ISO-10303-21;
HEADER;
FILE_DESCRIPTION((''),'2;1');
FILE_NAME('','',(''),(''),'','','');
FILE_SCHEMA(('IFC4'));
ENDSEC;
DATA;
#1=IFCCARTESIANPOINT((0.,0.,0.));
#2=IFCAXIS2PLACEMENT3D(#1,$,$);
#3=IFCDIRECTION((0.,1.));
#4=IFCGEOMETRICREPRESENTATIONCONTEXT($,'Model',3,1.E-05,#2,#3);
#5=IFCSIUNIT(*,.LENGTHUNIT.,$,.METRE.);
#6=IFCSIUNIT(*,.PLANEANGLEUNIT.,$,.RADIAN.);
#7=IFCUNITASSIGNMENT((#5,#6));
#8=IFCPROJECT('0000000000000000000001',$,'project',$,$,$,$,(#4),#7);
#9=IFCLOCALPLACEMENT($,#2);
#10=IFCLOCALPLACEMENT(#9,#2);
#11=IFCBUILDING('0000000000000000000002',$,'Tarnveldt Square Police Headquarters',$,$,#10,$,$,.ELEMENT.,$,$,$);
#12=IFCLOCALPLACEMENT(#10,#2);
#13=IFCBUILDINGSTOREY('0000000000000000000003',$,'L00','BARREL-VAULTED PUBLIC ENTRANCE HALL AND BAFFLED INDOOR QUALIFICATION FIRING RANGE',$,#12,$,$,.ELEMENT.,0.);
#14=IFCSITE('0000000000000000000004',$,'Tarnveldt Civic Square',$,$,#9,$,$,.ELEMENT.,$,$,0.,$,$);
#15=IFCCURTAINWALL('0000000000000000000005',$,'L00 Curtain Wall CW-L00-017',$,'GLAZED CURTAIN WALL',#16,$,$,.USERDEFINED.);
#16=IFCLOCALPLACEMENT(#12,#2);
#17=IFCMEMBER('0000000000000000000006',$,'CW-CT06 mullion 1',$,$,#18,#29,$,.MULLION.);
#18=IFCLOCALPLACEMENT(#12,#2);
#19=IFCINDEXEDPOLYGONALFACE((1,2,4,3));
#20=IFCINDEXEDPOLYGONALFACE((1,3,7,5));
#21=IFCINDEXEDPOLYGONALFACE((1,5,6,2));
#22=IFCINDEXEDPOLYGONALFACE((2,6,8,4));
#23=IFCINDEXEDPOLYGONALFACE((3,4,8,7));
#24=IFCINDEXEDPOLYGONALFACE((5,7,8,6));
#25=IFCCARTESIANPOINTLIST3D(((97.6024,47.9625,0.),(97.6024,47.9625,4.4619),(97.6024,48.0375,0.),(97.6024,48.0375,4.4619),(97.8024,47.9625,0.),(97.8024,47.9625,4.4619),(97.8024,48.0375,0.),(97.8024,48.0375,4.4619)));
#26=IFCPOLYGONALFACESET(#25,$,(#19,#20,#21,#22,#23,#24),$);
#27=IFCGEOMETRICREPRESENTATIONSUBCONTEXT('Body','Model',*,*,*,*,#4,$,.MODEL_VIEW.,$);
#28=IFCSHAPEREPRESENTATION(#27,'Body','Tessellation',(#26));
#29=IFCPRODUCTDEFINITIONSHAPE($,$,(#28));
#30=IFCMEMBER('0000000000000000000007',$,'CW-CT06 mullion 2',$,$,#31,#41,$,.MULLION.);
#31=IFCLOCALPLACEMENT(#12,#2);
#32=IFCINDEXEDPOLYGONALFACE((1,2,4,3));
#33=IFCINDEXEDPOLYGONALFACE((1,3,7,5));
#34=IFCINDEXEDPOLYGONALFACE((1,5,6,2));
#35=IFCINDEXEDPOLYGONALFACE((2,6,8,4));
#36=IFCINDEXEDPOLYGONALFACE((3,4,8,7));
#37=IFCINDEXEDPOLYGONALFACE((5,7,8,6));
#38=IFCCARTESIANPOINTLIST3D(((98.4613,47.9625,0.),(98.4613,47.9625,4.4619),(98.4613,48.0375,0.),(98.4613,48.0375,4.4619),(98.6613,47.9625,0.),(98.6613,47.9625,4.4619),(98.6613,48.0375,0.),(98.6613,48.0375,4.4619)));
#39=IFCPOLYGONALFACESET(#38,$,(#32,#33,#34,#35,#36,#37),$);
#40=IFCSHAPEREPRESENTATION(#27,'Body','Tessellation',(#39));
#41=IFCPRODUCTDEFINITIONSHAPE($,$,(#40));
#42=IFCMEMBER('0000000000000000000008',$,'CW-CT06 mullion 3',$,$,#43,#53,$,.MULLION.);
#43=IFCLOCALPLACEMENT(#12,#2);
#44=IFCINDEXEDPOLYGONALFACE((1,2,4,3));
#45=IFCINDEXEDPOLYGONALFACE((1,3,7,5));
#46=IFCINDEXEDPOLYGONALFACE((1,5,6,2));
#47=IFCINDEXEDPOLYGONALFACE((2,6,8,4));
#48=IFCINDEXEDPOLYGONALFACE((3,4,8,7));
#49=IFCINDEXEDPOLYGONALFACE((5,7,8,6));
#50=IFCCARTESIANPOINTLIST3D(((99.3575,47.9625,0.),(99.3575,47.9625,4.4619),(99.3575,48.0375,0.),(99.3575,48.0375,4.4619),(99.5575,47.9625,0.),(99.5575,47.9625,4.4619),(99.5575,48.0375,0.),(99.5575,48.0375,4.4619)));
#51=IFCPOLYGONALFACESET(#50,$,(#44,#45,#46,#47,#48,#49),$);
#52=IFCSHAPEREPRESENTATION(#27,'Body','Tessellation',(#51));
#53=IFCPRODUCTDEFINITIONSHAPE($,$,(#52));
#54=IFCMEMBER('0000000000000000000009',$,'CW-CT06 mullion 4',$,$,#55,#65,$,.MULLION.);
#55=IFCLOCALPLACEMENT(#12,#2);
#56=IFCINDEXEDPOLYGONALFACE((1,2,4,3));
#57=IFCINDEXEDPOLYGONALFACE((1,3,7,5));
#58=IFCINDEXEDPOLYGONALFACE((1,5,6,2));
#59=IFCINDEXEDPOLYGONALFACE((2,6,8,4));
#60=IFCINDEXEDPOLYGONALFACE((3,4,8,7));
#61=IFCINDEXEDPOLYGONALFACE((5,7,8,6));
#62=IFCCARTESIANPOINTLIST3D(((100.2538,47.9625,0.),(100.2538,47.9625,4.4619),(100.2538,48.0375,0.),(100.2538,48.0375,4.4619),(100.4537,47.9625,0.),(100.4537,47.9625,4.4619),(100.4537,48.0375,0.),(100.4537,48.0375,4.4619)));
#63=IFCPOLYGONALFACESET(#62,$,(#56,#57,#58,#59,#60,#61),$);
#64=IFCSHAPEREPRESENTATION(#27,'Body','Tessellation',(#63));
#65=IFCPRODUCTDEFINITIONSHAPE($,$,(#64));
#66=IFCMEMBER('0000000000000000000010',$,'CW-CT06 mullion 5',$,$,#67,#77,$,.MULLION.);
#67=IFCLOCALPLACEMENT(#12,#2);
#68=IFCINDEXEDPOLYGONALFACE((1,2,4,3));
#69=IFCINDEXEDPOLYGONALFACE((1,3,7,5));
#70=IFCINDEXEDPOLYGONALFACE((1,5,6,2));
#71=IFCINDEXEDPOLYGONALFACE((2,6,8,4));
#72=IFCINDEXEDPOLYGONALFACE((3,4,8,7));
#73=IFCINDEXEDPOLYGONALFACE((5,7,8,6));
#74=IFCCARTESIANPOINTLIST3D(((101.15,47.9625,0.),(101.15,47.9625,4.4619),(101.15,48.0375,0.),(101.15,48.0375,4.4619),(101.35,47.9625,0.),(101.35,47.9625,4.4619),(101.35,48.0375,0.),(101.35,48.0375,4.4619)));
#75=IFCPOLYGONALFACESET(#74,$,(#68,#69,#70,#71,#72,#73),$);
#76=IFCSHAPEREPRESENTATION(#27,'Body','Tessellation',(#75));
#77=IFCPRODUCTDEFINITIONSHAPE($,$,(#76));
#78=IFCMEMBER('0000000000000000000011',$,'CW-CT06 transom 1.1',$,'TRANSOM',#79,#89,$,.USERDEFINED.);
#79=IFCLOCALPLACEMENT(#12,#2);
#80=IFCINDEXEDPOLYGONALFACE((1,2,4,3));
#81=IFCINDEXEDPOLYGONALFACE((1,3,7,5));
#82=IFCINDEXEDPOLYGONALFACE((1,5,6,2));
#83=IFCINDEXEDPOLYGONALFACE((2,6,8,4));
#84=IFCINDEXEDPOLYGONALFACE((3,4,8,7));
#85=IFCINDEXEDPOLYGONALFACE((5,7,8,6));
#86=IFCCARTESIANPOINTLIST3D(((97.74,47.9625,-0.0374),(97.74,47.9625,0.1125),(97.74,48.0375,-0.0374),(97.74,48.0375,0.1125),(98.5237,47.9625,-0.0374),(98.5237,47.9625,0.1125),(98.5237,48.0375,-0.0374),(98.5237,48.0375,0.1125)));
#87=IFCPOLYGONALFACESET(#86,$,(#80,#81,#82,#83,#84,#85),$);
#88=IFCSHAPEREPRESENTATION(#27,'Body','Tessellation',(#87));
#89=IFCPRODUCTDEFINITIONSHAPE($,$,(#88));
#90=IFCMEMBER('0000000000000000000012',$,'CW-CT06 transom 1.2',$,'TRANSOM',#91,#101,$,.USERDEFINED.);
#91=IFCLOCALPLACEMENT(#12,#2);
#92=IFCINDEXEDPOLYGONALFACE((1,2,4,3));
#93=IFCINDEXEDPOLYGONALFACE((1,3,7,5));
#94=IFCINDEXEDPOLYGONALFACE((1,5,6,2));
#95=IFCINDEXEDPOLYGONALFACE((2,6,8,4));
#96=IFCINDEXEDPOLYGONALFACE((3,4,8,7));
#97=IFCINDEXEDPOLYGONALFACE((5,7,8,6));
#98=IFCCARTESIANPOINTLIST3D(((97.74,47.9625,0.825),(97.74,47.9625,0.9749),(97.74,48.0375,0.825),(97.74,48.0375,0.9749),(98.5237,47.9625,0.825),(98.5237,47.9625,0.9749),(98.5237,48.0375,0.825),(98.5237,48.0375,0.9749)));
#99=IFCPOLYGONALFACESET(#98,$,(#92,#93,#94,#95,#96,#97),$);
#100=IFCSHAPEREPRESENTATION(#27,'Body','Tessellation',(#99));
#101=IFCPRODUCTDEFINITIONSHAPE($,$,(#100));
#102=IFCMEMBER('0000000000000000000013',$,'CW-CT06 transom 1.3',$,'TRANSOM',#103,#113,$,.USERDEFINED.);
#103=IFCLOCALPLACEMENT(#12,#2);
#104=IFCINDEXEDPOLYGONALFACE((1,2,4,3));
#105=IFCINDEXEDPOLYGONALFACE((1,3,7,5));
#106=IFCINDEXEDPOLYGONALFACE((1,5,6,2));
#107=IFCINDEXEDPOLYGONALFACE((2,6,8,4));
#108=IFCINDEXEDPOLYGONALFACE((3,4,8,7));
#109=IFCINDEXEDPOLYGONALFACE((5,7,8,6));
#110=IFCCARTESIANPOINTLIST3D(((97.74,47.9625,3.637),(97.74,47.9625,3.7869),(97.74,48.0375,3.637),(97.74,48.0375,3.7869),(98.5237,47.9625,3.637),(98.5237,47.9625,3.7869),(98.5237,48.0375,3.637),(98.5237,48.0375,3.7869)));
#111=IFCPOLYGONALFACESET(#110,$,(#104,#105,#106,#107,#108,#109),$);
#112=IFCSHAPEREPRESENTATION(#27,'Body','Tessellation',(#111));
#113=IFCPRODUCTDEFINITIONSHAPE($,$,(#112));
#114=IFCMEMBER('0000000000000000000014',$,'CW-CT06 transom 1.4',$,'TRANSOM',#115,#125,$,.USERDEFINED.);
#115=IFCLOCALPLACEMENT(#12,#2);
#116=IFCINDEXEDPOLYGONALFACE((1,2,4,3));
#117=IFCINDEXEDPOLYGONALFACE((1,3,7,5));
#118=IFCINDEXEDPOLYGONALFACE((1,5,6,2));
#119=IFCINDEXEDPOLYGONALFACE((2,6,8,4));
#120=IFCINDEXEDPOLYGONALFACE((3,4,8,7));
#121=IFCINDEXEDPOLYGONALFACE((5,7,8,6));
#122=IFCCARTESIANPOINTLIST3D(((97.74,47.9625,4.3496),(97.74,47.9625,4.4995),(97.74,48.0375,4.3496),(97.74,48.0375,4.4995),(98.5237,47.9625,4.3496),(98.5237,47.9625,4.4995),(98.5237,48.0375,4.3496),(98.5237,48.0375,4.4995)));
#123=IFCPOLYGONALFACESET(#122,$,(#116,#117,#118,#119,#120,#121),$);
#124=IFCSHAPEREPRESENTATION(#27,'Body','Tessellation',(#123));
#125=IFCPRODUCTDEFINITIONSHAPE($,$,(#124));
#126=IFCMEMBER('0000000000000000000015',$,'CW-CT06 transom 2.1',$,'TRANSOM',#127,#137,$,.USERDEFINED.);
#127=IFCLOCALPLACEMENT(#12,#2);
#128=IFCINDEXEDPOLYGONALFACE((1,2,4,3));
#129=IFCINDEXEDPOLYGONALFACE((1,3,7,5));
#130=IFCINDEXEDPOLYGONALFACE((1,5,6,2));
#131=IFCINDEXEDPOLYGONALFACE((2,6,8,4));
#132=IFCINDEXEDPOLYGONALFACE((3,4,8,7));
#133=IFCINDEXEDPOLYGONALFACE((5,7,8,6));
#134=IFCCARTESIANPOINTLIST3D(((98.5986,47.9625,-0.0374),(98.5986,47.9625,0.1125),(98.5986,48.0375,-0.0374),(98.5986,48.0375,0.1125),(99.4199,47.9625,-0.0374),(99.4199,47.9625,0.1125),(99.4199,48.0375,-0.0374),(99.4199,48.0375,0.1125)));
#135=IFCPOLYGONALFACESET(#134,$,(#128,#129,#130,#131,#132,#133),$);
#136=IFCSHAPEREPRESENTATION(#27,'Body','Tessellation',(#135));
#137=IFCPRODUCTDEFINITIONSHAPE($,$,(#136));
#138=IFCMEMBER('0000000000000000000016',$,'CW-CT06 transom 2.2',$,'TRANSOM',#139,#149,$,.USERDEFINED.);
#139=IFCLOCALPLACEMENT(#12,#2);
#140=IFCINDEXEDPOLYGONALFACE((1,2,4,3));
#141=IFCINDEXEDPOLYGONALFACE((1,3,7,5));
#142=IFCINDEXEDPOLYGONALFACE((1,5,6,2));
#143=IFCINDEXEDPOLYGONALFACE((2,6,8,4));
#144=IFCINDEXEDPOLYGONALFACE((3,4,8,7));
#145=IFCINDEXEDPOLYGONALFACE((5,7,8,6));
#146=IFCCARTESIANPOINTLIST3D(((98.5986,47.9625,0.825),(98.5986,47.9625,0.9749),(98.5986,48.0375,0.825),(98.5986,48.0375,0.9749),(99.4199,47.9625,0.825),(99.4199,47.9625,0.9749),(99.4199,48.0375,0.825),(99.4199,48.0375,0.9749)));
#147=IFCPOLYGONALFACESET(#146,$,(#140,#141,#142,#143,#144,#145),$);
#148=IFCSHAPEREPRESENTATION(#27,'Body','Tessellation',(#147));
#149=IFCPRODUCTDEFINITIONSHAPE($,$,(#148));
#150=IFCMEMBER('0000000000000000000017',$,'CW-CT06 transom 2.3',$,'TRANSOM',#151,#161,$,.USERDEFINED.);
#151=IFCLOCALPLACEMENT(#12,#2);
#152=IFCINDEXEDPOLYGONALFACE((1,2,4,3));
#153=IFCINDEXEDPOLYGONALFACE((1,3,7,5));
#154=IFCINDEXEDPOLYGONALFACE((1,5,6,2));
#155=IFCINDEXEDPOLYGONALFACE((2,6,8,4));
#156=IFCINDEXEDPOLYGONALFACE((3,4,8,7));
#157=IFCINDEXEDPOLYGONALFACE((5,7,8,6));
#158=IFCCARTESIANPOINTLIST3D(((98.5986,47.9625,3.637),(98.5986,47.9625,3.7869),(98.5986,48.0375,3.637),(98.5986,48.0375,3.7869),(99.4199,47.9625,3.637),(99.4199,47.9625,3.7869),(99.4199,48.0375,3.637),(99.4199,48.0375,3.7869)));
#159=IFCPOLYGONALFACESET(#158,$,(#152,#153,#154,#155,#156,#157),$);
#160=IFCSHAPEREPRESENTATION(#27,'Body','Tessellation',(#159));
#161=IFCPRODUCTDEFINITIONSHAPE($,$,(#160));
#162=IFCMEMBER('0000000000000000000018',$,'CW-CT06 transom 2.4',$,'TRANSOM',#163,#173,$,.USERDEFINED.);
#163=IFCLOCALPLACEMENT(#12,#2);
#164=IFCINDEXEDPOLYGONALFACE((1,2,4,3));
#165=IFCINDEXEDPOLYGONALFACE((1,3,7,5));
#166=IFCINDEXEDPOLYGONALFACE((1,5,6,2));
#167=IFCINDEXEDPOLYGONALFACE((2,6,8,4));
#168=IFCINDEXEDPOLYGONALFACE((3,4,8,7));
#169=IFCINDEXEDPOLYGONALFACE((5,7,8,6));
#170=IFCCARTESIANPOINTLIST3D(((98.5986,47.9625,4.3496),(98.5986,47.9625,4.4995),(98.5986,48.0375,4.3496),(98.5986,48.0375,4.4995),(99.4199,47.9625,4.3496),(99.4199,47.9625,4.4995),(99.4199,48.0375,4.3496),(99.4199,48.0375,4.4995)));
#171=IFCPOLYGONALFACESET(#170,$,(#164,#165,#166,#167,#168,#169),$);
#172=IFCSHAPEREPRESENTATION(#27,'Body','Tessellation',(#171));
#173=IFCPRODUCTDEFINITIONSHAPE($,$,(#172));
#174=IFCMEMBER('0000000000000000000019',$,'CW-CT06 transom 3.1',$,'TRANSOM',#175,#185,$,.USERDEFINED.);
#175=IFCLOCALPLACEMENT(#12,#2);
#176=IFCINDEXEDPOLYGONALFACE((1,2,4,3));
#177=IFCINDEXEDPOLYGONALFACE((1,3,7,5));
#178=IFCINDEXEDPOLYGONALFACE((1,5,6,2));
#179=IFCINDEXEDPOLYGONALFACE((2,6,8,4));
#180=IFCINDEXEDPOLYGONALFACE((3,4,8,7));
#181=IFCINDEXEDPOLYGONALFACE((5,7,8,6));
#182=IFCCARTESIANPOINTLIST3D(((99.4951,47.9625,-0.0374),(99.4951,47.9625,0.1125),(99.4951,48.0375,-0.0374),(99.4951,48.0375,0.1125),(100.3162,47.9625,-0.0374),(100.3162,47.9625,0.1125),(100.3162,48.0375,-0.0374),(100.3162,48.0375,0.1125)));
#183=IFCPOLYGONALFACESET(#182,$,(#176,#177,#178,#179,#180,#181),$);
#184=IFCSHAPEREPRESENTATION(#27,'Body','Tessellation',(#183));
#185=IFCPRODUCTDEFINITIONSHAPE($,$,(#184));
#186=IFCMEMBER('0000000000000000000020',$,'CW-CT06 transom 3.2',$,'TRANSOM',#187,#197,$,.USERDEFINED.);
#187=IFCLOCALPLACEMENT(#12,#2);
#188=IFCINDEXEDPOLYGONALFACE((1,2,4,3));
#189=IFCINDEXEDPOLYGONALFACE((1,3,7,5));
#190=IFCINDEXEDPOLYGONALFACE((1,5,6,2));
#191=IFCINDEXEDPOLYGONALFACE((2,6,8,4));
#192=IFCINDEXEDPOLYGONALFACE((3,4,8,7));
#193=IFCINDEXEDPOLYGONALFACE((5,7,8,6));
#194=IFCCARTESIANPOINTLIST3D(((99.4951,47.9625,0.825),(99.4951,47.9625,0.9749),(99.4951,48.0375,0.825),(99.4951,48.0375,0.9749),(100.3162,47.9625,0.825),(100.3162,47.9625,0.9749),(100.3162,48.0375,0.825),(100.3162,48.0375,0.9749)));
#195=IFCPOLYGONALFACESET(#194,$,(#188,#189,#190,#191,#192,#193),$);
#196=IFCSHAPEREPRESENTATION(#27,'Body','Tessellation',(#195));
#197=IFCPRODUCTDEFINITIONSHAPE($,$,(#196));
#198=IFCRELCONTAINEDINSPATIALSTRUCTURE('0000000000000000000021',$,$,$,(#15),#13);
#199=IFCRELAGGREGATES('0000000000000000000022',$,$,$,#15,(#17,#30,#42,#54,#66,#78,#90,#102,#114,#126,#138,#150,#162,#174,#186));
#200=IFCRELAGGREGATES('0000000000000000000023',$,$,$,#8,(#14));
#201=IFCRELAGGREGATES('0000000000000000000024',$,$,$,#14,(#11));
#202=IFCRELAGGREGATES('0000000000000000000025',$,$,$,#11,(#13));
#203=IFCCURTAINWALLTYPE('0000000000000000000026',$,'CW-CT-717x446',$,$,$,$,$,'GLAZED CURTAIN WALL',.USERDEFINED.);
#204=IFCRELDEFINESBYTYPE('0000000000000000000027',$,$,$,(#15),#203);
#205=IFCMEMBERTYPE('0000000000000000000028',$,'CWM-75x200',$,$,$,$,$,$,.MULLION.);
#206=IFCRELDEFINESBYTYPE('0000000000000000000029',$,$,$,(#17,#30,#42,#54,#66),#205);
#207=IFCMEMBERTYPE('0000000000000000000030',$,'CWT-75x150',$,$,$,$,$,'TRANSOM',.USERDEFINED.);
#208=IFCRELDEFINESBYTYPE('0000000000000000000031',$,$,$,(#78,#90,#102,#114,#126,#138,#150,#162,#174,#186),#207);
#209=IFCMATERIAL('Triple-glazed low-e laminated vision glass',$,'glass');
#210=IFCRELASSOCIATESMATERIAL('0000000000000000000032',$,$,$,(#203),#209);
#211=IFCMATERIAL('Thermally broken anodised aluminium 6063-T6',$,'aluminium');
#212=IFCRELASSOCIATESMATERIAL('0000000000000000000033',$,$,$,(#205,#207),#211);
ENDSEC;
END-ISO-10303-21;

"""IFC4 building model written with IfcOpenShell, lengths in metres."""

from ifc_helpers import new_model, si_unit, direction, frame, origin, origin_2d, place, context, subcontext, project, spatial, rectangle, extrude, material, material_profile, profile_set, type_object, element, aggregate, save


model = new_model("IFC4")

# Units and contexts
model_context = context("Model", 3, precision=1e-05, world=origin(), true_north=direction((0.0, 1.0)))
body_context = subcontext(model_context, "Body", "Model", "MODEL_VIEW")
ifc_project = project(units=[si_unit("LENGTHUNIT", "METRE"), si_unit("PLANEANGLEUNIT", "RADIAN")], contexts=[model_context])

# Site, building, storey
site_placement = place(None, origin())
site = spatial("IfcSite", under=ifc_project, at=site_placement, Name="Tarnveldt Civic Square", CompositionType="ELEMENT", RefElevation=0.0)
building_placement = place(site_placement, origin())
building = spatial("IfcBuilding", under=site, at=building_placement, Name="Tarnveldt Square Police Headquarters", CompositionType="ELEMENT")
storey_placement = place(building_placement, origin())
storey = spatial("IfcBuildingStorey", under=building, at=storey_placement, Name="L00", Description="BARREL-VAULTED PUBLIC ENTRANCE HALL AND BAFFLED INDOOR QUALIFICATION FIRING RANGE", CompositionType="ELEMENT", Elevation=0.0)

# Curtain wall, members
ifc_material_1 = material(Name="Triple-glazed low-e laminated vision glass", Category="glass")
curtain_wall_type = type_object("IfcCurtainWallType", Name="CW-CT-717x446", ElementType="GLAZED CURTAIN WALL", PredefinedType="USERDEFINED", material=ifc_material_1)
curtain_wall_placement = place(storey_placement, origin())
curtain_wall = element("IfcCurtainWall", 1, at=curtain_wall_placement, inside=storey, type_object=curtain_wall_type, Name="L00 Curtain Wall CW-L00-017", ObjectType="GLAZED CURTAIN WALL", PredefinedType="USERDEFINED")
ifc_material_2 = material(Name="Thermally broken anodised aluminium 6063-T6", Category="aluminium")
ifc_material_profile_1 = material_profile(ifc_material_2, rectangle(XDim=0.075, YDim=0.2, at=origin_2d()), Name="CW-M75x200")
ifc_profile_set_1 = profile_set([ifc_material_profile_1], Name="Thermally broken anodised aluminium 6063-T6")
member_type_1 = type_object("IfcMemberType", Name="CWM-75x200", PredefinedType="MULLION", material=ifc_profile_set_1)
member_1_placement = place(storey_placement, frame((97.7024, 48.0, 0.0), z_axis=(0.0, 0.0, 1.0), x_axis=(0.0, 1.0, 0.0)))
member_1 = element("IfcMember", 2, at=member_1_placement, type_object=member_type_1, Name="CW-CT06 mullion 1", PredefinedType="MULLION", context=body_context, shape_type="SweptSolid", body=[
    extrude(rectangle(XDim=0.075, YDim=0.2, at=origin_2d()), origin(), (0.0, 0.0, 1.0), 4.4619),
])
member_2_placement = place(storey_placement, frame((98.5613, 48.0, 0.0), z_axis=(0.0, 0.0, 1.0), x_axis=(0.0, 1.0, 0.0)))
member_2 = element("IfcMember", 3, at=member_2_placement, type_object=member_type_1, Name="CW-CT06 mullion 2", PredefinedType="MULLION", context=body_context, shape_type="SweptSolid", body=[
    extrude(rectangle(XDim=0.075, YDim=0.2, at=origin_2d()), origin(), (0.0, 0.0, 1.0), 4.4619),
])
member_3_placement = place(storey_placement, frame((99.4575, 48.0, 0.0), z_axis=(0.0, 0.0, 1.0), x_axis=(0.0, 1.0, 0.0)))
member_3 = element("IfcMember", 4, at=member_3_placement, type_object=member_type_1, Name="CW-CT06 mullion 3", PredefinedType="MULLION", context=body_context, shape_type="SweptSolid", body=[
    extrude(rectangle(XDim=0.075, YDim=0.2, at=origin_2d()), origin(), (0.0, 0.0, 1.0), 4.4619),
])
member_4_placement = place(storey_placement, frame((100.3538, 48.0, 0.0), z_axis=(0.0, 0.0, 1.0), x_axis=(0.0, 1.0, 0.0)))
member_4 = element("IfcMember", 5, at=member_4_placement, type_object=member_type_1, Name="CW-CT06 mullion 4", PredefinedType="MULLION", context=body_context, shape_type="SweptSolid", body=[
    extrude(rectangle(XDim=0.075, YDim=0.2, at=origin_2d()), origin(), (0.0, 0.0, 1.0), 4.4619),
])
member_5_placement = place(storey_placement, frame((101.25, 48.0, 0.0), z_axis=(0.0, 0.0, 1.0), x_axis=(0.0, 1.0, 0.0)))
member_5 = element("IfcMember", 6, at=member_5_placement, type_object=member_type_1, Name="CW-CT06 mullion 5", PredefinedType="MULLION", context=body_context, shape_type="SweptSolid", body=[
    extrude(rectangle(XDim=0.075, YDim=0.2, at=origin_2d()), origin(), (0.0, 0.0, 1.0), 4.4619),
])
ifc_material_profile_2 = material_profile(ifc_material_2, rectangle(XDim=0.075, YDim=0.1499, at=origin_2d()), Name="CW-T75x150")
ifc_profile_set_2 = profile_set([ifc_material_profile_2], Name="Thermally broken anodised aluminium 6063-T6")
member_type_2 = type_object("IfcMemberType", Name="CWT-75x150", ElementType="TRANSOM", PredefinedType="USERDEFINED", material=ifc_profile_set_2)
member_6_placement = place(storey_placement, frame((97.74, 48.0, 0.0376), z_axis=(1.0, 0.0, 0.0), x_axis=(0.0, 1.0, 0.0)))
member_6 = element("IfcMember", 7, at=member_6_placement, type_object=member_type_2, Name="CW-CT06 transom 1.1", ObjectType="TRANSOM", PredefinedType="USERDEFINED", context=body_context, shape_type="SweptSolid", body=[
    extrude(rectangle(XDim=0.075, YDim=0.1499, at=origin_2d()), origin(), (0.0, 0.0, 1.0), 0.7837),
])
member_7_placement = place(storey_placement, frame((97.74, 48.0, 0.8999), z_axis=(1.0, 0.0, 0.0), x_axis=(0.0, 1.0, 0.0)))
member_7 = element("IfcMember", 8, at=member_7_placement, type_object=member_type_2, Name="CW-CT06 transom 1.2", ObjectType="TRANSOM", PredefinedType="USERDEFINED", context=body_context, shape_type="SweptSolid", body=[
    extrude(rectangle(XDim=0.075, YDim=0.1499, at=origin_2d()), origin(), (0.0, 0.0, 1.0), 0.7837),
])
member_8_placement = place(storey_placement, frame((97.74, 48.0, 3.7119), z_axis=(1.0, 0.0, 0.0), x_axis=(0.0, 1.0, 0.0)))
member_8 = element("IfcMember", 9, at=member_8_placement, type_object=member_type_2, Name="CW-CT06 transom 1.3", ObjectType="TRANSOM", PredefinedType="USERDEFINED", context=body_context, shape_type="SweptSolid", body=[
    extrude(rectangle(XDim=0.075, YDim=0.1499, at=origin_2d()), origin(), (0.0, 0.0, 1.0), 0.7837),
])
member_9_placement = place(storey_placement, frame((97.74, 48.0, 4.4246), z_axis=(1.0, 0.0, 0.0), x_axis=(0.0, 1.0, 0.0)))
member_9 = element("IfcMember", 10, at=member_9_placement, type_object=member_type_2, Name="CW-CT06 transom 1.4", ObjectType="TRANSOM", PredefinedType="USERDEFINED", context=body_context, shape_type="SweptSolid", body=[
    extrude(rectangle(XDim=0.075, YDim=0.1499, at=origin_2d()), origin(), (0.0, 0.0, 1.0), 0.7837),
])
member_10_placement = place(storey_placement, frame((98.5986, 48.0, 0.0376), z_axis=(1.0, 0.0, 0.0), x_axis=(0.0, 1.0, 0.0)))
member_10 = element("IfcMember", 11, at=member_10_placement, type_object=member_type_2, Name="CW-CT06 transom 2.1", ObjectType="TRANSOM", PredefinedType="USERDEFINED", context=body_context, shape_type="SweptSolid", body=[
    extrude(rectangle(XDim=0.075, YDim=0.1499, at=origin_2d()), origin(), (0.0, 0.0, 1.0), 0.8213),
])
member_11_placement = place(storey_placement, frame((98.5986, 48.0, 0.8999), z_axis=(1.0, 0.0, 0.0), x_axis=(0.0, 1.0, 0.0)))
member_11 = element("IfcMember", 12, at=member_11_placement, type_object=member_type_2, Name="CW-CT06 transom 2.2", ObjectType="TRANSOM", PredefinedType="USERDEFINED", context=body_context, shape_type="SweptSolid", body=[
    extrude(rectangle(XDim=0.075, YDim=0.1499, at=origin_2d()), origin(), (0.0, 0.0, 1.0), 0.8213),
])
member_12_placement = place(storey_placement, frame((98.5986, 48.0, 3.7119), z_axis=(1.0, 0.0, 0.0), x_axis=(0.0, 1.0, 0.0)))
member_12 = element("IfcMember", 13, at=member_12_placement, type_object=member_type_2, Name="CW-CT06 transom 2.3", ObjectType="TRANSOM", PredefinedType="USERDEFINED", context=body_context, shape_type="SweptSolid", body=[
    extrude(rectangle(XDim=0.075, YDim=0.1499, at=origin_2d()), origin(), (0.0, 0.0, 1.0), 0.8213),
])
member_13_placement = place(storey_placement, frame((98.5986, 48.0, 4.4246), z_axis=(1.0, 0.0, 0.0), x_axis=(0.0, 1.0, 0.0)))
member_13 = element("IfcMember", 14, at=member_13_placement, type_object=member_type_2, Name="CW-CT06 transom 2.4", ObjectType="TRANSOM", PredefinedType="USERDEFINED", context=body_context, shape_type="SweptSolid", body=[
    extrude(rectangle(XDim=0.075, YDim=0.1499, at=origin_2d()), origin(), (0.0, 0.0, 1.0), 0.8213),
])
member_14_placement = place(storey_placement, frame((99.4951, 48.0, 0.0376), z_axis=(1.0, 0.0, 0.0), x_axis=(0.0, 1.0, 0.0)))
member_14 = element("IfcMember", 15, at=member_14_placement, type_object=member_type_2, Name="CW-CT06 transom 3.1", ObjectType="TRANSOM", PredefinedType="USERDEFINED", context=body_context, shape_type="SweptSolid", body=[
    extrude(rectangle(XDim=0.075, YDim=0.1499, at=origin_2d()), origin(), (0.0, 0.0, 1.0), 0.821),
])
member_15_placement = place(storey_placement, frame((99.4951, 48.0, 0.8999), z_axis=(1.0, 0.0, 0.0), x_axis=(0.0, 1.0, 0.0)))
member_15 = element("IfcMember", 16, at=member_15_placement, type_object=member_type_2, Name="CW-CT06 transom 3.2", ObjectType="TRANSOM", PredefinedType="USERDEFINED", context=body_context, shape_type="SweptSolid", body=[
    extrude(rectangle(XDim=0.075, YDim=0.1499, at=origin_2d()), origin(), (0.0, 0.0, 1.0), 0.821),
])
aggregate(curtain_wall, [member_1, member_2, member_3, member_4, member_5, member_6, member_7, member_8, member_9, member_10, member_11, member_12, member_13, member_14, member_15])

save(model, "model.ifc")
